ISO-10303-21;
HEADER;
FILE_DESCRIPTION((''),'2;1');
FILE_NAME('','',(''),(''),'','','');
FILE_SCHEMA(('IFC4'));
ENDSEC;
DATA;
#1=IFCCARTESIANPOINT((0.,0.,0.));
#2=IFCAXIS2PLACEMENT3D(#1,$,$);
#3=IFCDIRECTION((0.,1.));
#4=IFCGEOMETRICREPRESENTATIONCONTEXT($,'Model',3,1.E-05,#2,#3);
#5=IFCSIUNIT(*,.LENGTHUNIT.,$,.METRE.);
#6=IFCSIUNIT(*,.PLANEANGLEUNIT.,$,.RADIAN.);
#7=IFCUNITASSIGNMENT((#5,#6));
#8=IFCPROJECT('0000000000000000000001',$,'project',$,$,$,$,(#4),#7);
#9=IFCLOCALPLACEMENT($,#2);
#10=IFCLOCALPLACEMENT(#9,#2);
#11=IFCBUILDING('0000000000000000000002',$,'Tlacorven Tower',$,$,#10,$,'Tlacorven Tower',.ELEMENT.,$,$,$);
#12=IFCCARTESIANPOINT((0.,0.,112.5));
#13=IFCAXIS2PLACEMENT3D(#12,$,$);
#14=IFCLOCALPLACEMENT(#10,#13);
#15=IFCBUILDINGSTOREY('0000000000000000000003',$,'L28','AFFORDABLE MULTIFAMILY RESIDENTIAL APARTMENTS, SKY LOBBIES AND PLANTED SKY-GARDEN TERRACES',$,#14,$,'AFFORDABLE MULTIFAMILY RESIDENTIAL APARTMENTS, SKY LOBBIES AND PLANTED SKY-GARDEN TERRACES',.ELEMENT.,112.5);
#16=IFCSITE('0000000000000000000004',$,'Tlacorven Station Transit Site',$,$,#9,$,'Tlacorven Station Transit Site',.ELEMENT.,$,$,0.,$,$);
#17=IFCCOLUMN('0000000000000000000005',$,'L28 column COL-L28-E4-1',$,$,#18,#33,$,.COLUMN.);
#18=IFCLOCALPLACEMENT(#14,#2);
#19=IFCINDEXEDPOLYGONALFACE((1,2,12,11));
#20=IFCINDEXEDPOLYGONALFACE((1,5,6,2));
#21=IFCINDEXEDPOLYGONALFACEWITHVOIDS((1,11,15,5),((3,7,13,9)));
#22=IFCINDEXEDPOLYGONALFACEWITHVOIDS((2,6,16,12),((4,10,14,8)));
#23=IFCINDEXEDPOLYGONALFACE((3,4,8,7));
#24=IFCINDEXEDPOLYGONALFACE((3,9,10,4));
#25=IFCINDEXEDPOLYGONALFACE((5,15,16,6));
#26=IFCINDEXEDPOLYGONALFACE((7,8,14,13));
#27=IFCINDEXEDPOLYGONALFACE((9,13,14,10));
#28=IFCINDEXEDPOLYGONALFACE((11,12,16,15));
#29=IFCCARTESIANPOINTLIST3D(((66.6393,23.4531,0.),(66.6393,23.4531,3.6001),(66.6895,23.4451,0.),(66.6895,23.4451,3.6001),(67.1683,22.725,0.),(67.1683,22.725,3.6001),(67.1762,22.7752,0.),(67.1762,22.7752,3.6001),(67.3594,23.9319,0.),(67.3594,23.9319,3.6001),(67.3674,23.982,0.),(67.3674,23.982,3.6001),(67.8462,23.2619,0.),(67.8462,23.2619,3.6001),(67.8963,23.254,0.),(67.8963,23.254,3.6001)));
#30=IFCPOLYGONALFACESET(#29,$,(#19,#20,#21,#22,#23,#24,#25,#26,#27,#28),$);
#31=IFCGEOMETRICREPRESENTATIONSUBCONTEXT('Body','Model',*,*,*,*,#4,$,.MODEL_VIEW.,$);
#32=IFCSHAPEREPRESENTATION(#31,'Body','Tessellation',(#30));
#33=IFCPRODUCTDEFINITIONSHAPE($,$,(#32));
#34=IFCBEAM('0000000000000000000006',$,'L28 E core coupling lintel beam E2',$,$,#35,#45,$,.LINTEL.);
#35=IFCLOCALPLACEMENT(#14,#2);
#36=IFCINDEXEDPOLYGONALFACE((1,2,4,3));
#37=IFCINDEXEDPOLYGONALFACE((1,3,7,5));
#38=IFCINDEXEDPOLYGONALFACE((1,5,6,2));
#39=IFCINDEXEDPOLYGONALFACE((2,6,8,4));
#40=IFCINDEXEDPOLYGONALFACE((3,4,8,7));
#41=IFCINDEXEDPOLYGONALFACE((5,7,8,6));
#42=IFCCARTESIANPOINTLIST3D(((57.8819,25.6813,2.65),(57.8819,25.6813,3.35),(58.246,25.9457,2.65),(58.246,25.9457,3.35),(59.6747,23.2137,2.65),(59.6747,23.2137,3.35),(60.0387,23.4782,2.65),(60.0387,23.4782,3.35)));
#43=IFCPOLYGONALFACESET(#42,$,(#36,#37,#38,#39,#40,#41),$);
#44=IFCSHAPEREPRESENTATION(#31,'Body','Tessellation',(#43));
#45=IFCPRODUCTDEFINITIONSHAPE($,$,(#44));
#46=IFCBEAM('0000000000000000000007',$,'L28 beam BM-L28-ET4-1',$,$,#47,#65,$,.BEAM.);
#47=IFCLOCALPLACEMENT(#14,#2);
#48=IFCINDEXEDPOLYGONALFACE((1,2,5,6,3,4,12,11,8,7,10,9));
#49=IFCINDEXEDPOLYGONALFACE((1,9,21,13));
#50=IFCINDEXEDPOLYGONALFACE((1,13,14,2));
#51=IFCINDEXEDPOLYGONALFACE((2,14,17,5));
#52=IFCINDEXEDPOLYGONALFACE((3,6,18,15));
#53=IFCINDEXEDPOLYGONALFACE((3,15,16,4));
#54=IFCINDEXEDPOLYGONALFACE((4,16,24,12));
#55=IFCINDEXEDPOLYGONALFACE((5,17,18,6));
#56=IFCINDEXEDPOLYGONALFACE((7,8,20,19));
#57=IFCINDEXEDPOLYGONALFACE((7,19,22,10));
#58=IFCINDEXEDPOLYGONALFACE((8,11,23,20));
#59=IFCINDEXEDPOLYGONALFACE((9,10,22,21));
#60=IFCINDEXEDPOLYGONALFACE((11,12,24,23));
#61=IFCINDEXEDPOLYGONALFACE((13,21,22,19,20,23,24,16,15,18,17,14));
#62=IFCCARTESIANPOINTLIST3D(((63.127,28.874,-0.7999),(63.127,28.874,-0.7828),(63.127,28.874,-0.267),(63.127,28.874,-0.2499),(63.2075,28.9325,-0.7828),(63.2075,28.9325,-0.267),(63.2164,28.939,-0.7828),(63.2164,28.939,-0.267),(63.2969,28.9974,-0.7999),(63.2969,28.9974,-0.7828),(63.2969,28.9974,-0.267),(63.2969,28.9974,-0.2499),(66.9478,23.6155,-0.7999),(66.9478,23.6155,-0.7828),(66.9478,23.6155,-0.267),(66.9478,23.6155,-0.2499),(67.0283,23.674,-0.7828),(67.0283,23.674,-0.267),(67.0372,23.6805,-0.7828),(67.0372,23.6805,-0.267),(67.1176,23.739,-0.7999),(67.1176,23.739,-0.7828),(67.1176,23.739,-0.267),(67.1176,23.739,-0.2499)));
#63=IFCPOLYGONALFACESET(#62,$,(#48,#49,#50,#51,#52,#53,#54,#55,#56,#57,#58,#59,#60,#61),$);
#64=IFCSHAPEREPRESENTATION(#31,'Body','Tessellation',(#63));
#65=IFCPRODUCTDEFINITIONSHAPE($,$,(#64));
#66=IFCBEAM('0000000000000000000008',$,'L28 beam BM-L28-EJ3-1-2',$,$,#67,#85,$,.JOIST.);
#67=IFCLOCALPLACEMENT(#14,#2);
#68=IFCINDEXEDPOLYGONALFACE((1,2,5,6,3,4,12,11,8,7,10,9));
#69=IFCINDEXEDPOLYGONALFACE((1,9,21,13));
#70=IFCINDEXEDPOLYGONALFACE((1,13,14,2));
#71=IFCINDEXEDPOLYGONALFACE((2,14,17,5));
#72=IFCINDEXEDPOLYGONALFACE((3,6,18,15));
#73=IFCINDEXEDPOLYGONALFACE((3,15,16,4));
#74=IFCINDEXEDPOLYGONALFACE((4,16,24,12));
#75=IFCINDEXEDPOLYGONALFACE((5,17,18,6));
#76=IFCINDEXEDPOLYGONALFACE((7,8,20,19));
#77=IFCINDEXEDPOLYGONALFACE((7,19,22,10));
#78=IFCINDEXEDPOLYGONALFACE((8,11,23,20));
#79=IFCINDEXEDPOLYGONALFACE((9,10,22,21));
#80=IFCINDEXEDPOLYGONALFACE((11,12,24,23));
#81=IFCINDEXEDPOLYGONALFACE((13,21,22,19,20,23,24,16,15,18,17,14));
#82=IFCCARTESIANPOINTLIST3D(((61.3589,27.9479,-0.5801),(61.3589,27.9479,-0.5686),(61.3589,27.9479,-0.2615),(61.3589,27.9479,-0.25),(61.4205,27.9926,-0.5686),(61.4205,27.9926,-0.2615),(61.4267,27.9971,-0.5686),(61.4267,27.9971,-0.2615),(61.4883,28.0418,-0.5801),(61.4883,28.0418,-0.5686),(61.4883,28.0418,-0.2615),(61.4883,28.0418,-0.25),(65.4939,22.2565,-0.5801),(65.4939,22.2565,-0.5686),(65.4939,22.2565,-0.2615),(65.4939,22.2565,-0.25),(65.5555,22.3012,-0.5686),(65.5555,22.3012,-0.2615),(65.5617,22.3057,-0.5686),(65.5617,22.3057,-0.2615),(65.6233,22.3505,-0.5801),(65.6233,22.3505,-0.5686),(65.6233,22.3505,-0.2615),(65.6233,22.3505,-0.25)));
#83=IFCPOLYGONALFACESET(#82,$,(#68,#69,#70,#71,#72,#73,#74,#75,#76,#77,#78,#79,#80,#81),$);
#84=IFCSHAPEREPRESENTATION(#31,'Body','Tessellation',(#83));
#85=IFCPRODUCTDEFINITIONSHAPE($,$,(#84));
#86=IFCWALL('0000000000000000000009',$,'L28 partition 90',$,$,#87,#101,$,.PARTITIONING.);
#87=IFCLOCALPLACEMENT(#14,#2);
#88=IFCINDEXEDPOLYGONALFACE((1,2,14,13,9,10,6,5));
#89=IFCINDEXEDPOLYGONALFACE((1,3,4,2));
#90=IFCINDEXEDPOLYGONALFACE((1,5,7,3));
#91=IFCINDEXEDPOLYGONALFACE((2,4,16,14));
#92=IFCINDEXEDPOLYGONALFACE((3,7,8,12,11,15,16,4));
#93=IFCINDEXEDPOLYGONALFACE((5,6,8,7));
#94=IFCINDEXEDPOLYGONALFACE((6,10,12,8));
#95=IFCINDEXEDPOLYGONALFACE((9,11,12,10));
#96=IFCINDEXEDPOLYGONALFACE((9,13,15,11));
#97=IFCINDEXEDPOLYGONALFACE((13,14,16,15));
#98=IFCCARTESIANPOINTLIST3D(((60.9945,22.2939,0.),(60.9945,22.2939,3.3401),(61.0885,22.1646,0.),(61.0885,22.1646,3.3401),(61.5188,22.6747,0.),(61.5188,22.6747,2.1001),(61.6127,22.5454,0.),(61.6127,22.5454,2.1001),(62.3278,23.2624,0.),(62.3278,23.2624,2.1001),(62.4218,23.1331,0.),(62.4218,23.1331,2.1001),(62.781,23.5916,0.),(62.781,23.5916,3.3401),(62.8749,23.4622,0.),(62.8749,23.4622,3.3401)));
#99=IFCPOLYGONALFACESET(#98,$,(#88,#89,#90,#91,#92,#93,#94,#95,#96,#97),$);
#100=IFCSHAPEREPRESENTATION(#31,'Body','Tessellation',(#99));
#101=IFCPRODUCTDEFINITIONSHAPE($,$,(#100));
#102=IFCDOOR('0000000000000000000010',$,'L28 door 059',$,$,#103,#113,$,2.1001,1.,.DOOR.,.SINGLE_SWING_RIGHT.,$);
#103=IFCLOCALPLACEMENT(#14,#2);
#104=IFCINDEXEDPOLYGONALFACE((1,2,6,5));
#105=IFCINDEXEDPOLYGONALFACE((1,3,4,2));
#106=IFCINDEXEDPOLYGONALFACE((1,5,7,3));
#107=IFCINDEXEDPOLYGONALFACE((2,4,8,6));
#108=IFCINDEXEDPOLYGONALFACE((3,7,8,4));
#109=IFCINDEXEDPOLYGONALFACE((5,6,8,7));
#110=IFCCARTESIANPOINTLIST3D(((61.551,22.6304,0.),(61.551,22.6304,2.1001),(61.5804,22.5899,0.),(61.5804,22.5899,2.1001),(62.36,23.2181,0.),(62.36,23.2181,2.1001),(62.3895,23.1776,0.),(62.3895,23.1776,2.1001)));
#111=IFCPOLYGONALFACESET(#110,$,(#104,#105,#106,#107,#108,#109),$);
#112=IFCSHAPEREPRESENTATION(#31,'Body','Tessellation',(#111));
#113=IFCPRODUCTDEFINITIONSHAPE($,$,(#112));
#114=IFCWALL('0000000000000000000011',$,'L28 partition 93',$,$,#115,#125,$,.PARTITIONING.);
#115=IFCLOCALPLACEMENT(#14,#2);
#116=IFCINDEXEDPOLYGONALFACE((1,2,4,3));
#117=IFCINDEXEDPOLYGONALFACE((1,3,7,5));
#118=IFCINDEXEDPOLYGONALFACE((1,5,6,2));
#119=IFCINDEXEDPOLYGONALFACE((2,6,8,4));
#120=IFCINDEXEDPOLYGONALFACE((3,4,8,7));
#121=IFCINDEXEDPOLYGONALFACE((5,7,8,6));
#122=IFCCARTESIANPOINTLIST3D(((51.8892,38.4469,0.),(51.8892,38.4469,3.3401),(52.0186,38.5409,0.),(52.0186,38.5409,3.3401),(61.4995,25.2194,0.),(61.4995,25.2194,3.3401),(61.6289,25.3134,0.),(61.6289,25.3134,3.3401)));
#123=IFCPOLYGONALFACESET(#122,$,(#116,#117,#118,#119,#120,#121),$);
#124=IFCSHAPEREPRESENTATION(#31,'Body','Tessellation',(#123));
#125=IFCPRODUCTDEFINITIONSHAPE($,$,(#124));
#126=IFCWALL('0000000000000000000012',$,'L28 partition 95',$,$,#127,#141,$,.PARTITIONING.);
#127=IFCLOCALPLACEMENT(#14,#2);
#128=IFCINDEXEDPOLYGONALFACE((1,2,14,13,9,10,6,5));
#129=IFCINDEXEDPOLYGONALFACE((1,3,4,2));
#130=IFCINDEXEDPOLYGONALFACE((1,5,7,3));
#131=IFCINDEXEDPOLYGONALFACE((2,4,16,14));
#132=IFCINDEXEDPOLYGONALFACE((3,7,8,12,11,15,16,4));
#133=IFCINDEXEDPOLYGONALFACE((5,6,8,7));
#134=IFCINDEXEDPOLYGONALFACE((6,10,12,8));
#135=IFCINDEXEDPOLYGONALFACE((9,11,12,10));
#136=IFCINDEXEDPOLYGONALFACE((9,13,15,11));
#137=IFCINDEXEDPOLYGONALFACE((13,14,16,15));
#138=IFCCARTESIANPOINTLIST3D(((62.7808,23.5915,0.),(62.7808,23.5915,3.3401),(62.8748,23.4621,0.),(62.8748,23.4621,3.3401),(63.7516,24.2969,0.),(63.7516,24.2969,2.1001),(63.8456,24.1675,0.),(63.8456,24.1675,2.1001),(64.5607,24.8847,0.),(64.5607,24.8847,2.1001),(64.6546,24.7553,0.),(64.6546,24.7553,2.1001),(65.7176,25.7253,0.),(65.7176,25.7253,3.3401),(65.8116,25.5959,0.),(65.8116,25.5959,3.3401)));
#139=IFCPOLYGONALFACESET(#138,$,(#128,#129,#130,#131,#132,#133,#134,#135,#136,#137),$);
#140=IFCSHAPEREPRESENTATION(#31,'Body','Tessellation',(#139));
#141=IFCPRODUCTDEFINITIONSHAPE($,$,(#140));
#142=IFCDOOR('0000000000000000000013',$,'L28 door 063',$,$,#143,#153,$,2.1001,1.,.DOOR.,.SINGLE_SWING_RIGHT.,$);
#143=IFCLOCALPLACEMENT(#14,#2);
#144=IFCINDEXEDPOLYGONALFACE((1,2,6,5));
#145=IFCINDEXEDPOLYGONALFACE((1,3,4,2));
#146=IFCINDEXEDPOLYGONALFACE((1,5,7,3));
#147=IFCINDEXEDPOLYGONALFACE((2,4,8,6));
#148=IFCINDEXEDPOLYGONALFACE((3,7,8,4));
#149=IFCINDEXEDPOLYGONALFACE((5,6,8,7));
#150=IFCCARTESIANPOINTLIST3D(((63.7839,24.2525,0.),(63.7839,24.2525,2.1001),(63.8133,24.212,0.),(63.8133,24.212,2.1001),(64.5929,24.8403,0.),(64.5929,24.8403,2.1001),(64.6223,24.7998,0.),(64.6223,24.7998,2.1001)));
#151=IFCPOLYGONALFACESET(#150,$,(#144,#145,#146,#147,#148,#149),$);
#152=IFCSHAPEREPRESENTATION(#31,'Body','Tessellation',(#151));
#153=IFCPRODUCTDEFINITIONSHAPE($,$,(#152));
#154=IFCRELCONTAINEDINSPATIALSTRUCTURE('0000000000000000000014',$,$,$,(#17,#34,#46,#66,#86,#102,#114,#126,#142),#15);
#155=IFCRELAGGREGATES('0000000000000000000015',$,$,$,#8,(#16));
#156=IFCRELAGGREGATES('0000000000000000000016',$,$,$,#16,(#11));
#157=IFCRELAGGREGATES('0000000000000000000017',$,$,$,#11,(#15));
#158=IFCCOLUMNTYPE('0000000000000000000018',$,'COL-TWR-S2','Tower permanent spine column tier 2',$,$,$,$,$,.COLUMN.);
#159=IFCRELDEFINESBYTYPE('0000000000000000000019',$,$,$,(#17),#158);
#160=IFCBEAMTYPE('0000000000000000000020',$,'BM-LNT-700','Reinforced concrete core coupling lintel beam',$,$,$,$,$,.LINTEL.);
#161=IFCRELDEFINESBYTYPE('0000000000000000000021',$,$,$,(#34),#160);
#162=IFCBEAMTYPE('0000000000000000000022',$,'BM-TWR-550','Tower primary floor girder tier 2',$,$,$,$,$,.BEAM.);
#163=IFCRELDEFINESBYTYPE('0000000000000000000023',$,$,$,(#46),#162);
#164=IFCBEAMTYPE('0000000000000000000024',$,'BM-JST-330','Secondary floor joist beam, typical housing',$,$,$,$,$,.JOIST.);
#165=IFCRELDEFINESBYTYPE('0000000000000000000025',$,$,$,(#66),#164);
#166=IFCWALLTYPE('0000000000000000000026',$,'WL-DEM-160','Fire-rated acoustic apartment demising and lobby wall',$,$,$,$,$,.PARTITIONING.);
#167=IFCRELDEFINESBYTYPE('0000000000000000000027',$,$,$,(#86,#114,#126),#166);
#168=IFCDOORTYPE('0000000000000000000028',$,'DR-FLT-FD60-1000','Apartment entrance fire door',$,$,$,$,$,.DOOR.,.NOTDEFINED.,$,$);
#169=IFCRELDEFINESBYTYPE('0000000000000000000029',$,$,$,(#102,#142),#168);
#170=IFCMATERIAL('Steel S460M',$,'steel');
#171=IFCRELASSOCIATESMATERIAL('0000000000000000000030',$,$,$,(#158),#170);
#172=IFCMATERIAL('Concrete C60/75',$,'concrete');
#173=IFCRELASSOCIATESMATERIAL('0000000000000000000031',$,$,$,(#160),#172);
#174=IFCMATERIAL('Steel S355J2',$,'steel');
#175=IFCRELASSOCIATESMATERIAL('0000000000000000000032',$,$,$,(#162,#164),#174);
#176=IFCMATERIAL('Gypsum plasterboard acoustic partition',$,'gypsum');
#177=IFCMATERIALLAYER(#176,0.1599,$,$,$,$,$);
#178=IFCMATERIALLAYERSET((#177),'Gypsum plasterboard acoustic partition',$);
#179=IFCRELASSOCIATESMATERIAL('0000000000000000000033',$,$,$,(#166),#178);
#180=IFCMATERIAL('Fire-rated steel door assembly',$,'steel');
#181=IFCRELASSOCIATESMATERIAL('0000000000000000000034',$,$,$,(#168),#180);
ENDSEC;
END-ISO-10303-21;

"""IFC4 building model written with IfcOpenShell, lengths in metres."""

from ifc_helpers import new_model, si_unit, direction, frame, frame_2d, origin, origin_2d, place, context, subcontext, project, spatial, rectangle, hollow_rectangle, i_section, extrude, source, transform, mapped, material, layer, layer_set, material_profile, profile_set, type_object, element, fill, save


model = new_model("IFC4")

# Units and contexts
model_context = context("Model", 3, precision=1e-05, world=origin(), true_north=direction((0.0, 1.0)))
body_context = subcontext(model_context, "Body", "Model", "MODEL_VIEW")
ifc_project = project(units=[si_unit("LENGTHUNIT", "METRE"), si_unit("PLANEANGLEUNIT", "RADIAN")], contexts=[model_context])

# Site, building, storey
site_placement = place(None, origin())
site = spatial("IfcSite", under=ifc_project, at=site_placement, Name="Tlacorven Station Transit Site", LongName="Tlacorven Station Transit Site", CompositionType="ELEMENT", RefElevation=0.0)
building_placement = place(site_placement, origin())
building = spatial("IfcBuilding", under=site, at=building_placement, Name="Tlacorven Tower", LongName="Tlacorven Tower", CompositionType="ELEMENT")
storey_placement = place(building_placement, frame((0.0, 0.0, 112.5)))
storey = spatial("IfcBuildingStorey", under=building, at=storey_placement, Name="L28", Description="AFFORDABLE MULTIFAMILY RESIDENTIAL APARTMENTS, SKY LOBBIES AND PLANTED SKY-GARDEN TERRACES", LongName="AFFORDABLE MULTIFAMILY RESIDENTIAL APARTMENTS, SKY LOBBIES AND PLANTED SKY-GARDEN TERRACES", CompositionType="ELEMENT", Elevation=112.5)

# Column
ifc_material_1 = material(Name="Steel S460M", Category="steel")
ifc_material_profile_1 = material_profile(ifc_material_1, hollow_rectangle(XDim=0.8999, YDim=0.8999, WallThickness=0.0359, at=origin_2d()), Name="BOX 900X900X36")
ifc_profile_set_1 = profile_set([ifc_material_profile_1], Name="Steel S460M")
column_type = type_object("IfcColumnType", Name="COL-TWR-S2", Description="Tower permanent spine column tier 2", PredefinedType="COLUMN", material=ifc_profile_set_1)
shared_shape_1 = source(origin(), body_context, "Body", "SweptSolid", [
    extrude(hollow_rectangle(XDim=0.8999, YDim=0.8999, WallThickness=0.0359, at=origin_2d()), origin(), (0.0, 0.0, 1.0), 3.6001),
])
column_placement = place(storey_placement, frame((67.2678, 23.3535, 0.0), z_axis=(0.0, 0.0, 1.0), x_axis=(0.809017, 0.587785, 0.0)))
element("IfcColumn", 1, at=column_placement, inside=storey, type_object=column_type, Name="L28 column COL-L28-E4-1", PredefinedType="COLUMN", context=body_context, shape_type="MappedRepresentation", body=[
    mapped(shared_shape_1, transform((0.0, 0.0, 0.0), scale=1.0)),
])

# Beams
ifc_material_2 = material(Name="Concrete C60/75", Category="concrete")
ifc_material_profile_2 = material_profile(ifc_material_2, rectangle(XDim=0.45, YDim=0.7, at=origin_2d()), Name="RC 450X700")
ifc_profile_set_2 = profile_set([ifc_material_profile_2], Name="Concrete C60/75")
beam_type_1 = type_object("IfcBeamType", Name="BM-LNT-700", Description="Reinforced concrete core coupling lintel beam", PredefinedType="LINTEL", material=ifc_profile_set_2)
shared_shape_2 = source(origin(), body_context, "Body", "SweptSolid", [
    extrude(rectangle(XDim=0.45, YDim=0.7, at=origin_2d()), origin(), (0.0, 0.0, 1.0), 3.05),
])
beam_1_placement = place(storey_placement, frame((59.8567, 23.3459, 3.0), z_axis=(-0.587777, 0.809023, 0.0), x_axis=(-0.809023, -0.587777, 0.0)))
element("IfcBeam", 2, at=beam_1_placement, inside=storey, type_object=beam_type_1, Name="L28 E core coupling lintel beam E2", PredefinedType="LINTEL", context=body_context, shape_type="MappedRepresentation", body=[
    mapped(shared_shape_2, transform((0.0, 0.0, 0.0), scale=1.0)),
])
ifc_material_3 = material(Name="Steel S355J2", Category="steel")
ifc_material_profile_3 = material_profile(ifc_material_3, i_section(OverallWidth=0.21, OverallDepth=0.55, WebThickness=0.011, FlangeThickness=0.0171, at=origin_2d()), Name="IPE 550")
ifc_profile_set_3 = profile_set([ifc_material_profile_3], Name="Steel S355J2")
beam_type_2 = type_object("IfcBeamType", Name="BM-TWR-550", Description="Tower primary floor girder tier 2", PredefinedType="BEAM", material=ifc_profile_set_3)
shared_shape_3 = source(origin(), body_context, "Body", "SweptSolid", [
    extrude(i_section(OverallWidth=0.21, OverallDepth=0.55, WebThickness=0.011, FlangeThickness=0.0171, at=origin_2d()), origin(), (0.0, 0.0, 1.0), 6.5),
])
beam_2_placement = place(storey_placement, frame((67.0327, 23.6772, -0.5249), z_axis=(-0.58781, 0.808999, 0.0), x_axis=(-0.808999, -0.58781, 0.0)))
element("IfcBeam", 3, at=beam_2_placement, inside=storey, type_object=beam_type_2, Name="L28 beam BM-L28-ET4-1", PredefinedType="BEAM", context=body_context, shape_type="MappedRepresentation", body=[
    mapped(shared_shape_3, transform((0.0, 0.0, 0.0), scale=1.0)),
])
ifc_material_profile_4 = material_profile(ifc_material_3, i_section(OverallWidth=0.1599, OverallDepth=0.3301, WebThickness=0.0076, FlangeThickness=0.0115, at=origin_2d()), Name="IPE 330")
ifc_profile_set_4 = profile_set([ifc_material_profile_4], Name="Steel S355J2")
beam_type_3 = type_object("IfcBeamType", Name="BM-JST-330", Description="Secondary floor joist beam, typical housing", PredefinedType="JOIST", material=ifc_profile_set_4)
shared_shape_4 = source(origin(), body_context, "Body", "SweptSolid", [
    extrude(i_section(OverallWidth=0.1599, OverallDepth=0.3301, WebThickness=0.0076, FlangeThickness=0.0115, at=origin_2d()), origin(), (0.0, 0.0, 1.0), 7.0349),
])
beam_3_placement = place(storey_placement, frame((65.5586, 22.3035, -0.415), z_axis=(-0.587782, 0.80902, 0.0), x_axis=(-0.80902, -0.587782, 0.0)))
element("IfcBeam", 4, at=beam_3_placement, inside=storey, type_object=beam_type_3, Name="L28 beam BM-L28-EJ3-1-2", PredefinedType="JOIST", context=body_context, shape_type="MappedRepresentation", body=[
    mapped(shared_shape_4, transform((0.0, 0.0, 0.0), scale=1.0)),
])

# Wall, opening, door
ifc_material_4 = material(Name="Gypsum plasterboard acoustic partition", Category="gypsum")
ifc_layer_1 = layer(ifc_material_4, 0.1599)
ifc_layer_set_1 = layer_set([ifc_layer_1], Name="Gypsum plasterboard acoustic partition")
wall_type_1 = type_object("IfcWallType", Name="WL-DEM-160", Description="Fire-rated acoustic apartment demising and lobby wall", PredefinedType="PARTITIONING", material=ifc_layer_set_1)
wall_1_placement = place(storey_placement, frame((61.0415, 22.2292, 0.0), z_axis=(0.0, 0.0, 1.0), x_axis=(0.809075, 0.587705, 0.0)))
wall_1 = element("IfcWall", 5, at=wall_1_placement, inside=storey, type_object=wall_type_1, Name="L28 partition 90", PredefinedType="PARTITIONING", context=body_context, shape_type="SweptSolid", body=[
    extrude(rectangle(XDim=2.208, YDim=0.1599, at=frame_2d((1.104, 0.0))), origin(), (0.0, 0.0, 1.0), 3.3401),
])
opening_1_placement = place(wall_1_placement, frame((0.6479, 0.0, 0.0)))
opening_1 = element("IfcOpeningElement", 6, at=opening_1_placement, cuts=wall_1, PredefinedType="OPENING", context=body_context, shape_type="SweptSolid", body=[
    extrude(rectangle(XDim=1.0, YDim=2.1001, at=frame_2d((0.5, 1.05))), frame((0.0, 0.0898, 0.0), z_axis=(0.0, -1.0, 0.0), x_axis=(1.0, 0.0, 0.0)), (0.0, 0.0, 1.0), 0.1799),
])
ifc_material_5 = material(Name="Fire-rated steel door assembly", Category="steel")
door_type_1 = type_object("IfcDoorType", Name="DR-FLT-FD60-1000", Description="Apartment entrance fire door", OperationType="NOTDEFINED", PredefinedType="DOOR", material=ifc_material_5)
shared_shape_5 = source(origin(), body_context, "Body", "SweptSolid", [
    extrude(rectangle(XDim=1.0, YDim=2.1001, at=frame_2d((0.5, 1.05))), frame((0.0, 0.0249, 0.0), z_axis=(0.0, -1.0, 0.0), x_axis=(1.0, 0.0, 0.0)), (0.0, 0.0, 1.0), 0.05),
])
door_1_placement = place(opening_1_placement, frame((1.0, 0.0, 0.0), z_axis=(0.0, 0.0, 1.0), x_axis=(-1.0, 0.0, 0.0)))
door_1 = element("IfcDoor", 7, at=door_1_placement, inside=storey, type_object=door_type_1, Name="L28 door 059", OperationType="SINGLE_SWING_RIGHT", OverallHeight=2.1001, OverallWidth=1.0, PredefinedType="DOOR", context=body_context, shape_type="MappedRepresentation", body=[
    mapped(shared_shape_5, transform((0.0, 0.0, 0.0), scale=1.0)),
])
fill(opening_1, door_1)

# Wall
wall_2_placement = place(storey_placement, frame((61.5642, 25.2664, 0.0), z_axis=(0.0, 0.0, 1.0), x_axis=(-0.587785, 0.809018, 0.0)))
element("IfcWall", 8, at=wall_2_placement, inside=storey, type_object=wall_type_1, Name="L28 partition 93", PredefinedType="PARTITIONING", context=body_context, shape_type="SweptSolid", body=[
    extrude(rectangle(XDim=16.3501, YDim=0.1599, at=frame_2d((8.175, 0.0))), origin(), (0.0, 0.0, 1.0), 3.3401),
])

# Wall, opening, door
wall_3_placement = place(storey_placement, frame((62.8279, 23.5269, 0.0), z_axis=(0.0, 0.0, 1.0), x_axis=(0.809004, 0.587804, 0.0)))
wall_3 = element("IfcWall", 9, at=wall_3_placement, inside=storey, type_object=wall_type_1, Name="L28 partition 95", PredefinedType="PARTITIONING", context=body_context, shape_type="SweptSolid", body=[
    extrude(rectangle(XDim=3.6301, YDim=0.1599, at=frame_2d((1.8149, 0.0))), origin(), (0.0, 0.0, 1.0), 3.3401),
])
opening_2_placement = place(wall_3_placement, frame((1.2, 0.0, 0.0)))
opening_2 = element("IfcOpeningElement", 10, at=opening_2_placement, cuts=wall_3, PredefinedType="OPENING", context=body_context, shape_type="SweptSolid", body=[
    extrude(rectangle(XDim=1.0, YDim=2.1001, at=frame_2d((0.5, 1.05))), frame((0.0, 0.0898, 0.0), z_axis=(0.0, -1.0, 0.0), x_axis=(1.0, 0.0, 0.0)), (0.0, 0.0, 1.0), 0.1799),
])
door_2_placement = place(opening_2_placement, frame((1.0, 0.0, 0.0), z_axis=(0.0, 0.0, 1.0), x_axis=(-1.0, 0.0, 0.0)))
door_2 = element("IfcDoor", 11, at=door_2_placement, inside=storey, type_object=door_type_1, Name="L28 door 063", OperationType="SINGLE_SWING_RIGHT", OverallHeight=2.1001, OverallWidth=1.0, PredefinedType="DOOR", context=body_context, shape_type="MappedRepresentation", body=[
    mapped(shared_shape_5, transform((0.0, 0.0, 0.0), scale=1.0)),
])
fill(opening_2, door_2)

save(model, "model.ifc")
